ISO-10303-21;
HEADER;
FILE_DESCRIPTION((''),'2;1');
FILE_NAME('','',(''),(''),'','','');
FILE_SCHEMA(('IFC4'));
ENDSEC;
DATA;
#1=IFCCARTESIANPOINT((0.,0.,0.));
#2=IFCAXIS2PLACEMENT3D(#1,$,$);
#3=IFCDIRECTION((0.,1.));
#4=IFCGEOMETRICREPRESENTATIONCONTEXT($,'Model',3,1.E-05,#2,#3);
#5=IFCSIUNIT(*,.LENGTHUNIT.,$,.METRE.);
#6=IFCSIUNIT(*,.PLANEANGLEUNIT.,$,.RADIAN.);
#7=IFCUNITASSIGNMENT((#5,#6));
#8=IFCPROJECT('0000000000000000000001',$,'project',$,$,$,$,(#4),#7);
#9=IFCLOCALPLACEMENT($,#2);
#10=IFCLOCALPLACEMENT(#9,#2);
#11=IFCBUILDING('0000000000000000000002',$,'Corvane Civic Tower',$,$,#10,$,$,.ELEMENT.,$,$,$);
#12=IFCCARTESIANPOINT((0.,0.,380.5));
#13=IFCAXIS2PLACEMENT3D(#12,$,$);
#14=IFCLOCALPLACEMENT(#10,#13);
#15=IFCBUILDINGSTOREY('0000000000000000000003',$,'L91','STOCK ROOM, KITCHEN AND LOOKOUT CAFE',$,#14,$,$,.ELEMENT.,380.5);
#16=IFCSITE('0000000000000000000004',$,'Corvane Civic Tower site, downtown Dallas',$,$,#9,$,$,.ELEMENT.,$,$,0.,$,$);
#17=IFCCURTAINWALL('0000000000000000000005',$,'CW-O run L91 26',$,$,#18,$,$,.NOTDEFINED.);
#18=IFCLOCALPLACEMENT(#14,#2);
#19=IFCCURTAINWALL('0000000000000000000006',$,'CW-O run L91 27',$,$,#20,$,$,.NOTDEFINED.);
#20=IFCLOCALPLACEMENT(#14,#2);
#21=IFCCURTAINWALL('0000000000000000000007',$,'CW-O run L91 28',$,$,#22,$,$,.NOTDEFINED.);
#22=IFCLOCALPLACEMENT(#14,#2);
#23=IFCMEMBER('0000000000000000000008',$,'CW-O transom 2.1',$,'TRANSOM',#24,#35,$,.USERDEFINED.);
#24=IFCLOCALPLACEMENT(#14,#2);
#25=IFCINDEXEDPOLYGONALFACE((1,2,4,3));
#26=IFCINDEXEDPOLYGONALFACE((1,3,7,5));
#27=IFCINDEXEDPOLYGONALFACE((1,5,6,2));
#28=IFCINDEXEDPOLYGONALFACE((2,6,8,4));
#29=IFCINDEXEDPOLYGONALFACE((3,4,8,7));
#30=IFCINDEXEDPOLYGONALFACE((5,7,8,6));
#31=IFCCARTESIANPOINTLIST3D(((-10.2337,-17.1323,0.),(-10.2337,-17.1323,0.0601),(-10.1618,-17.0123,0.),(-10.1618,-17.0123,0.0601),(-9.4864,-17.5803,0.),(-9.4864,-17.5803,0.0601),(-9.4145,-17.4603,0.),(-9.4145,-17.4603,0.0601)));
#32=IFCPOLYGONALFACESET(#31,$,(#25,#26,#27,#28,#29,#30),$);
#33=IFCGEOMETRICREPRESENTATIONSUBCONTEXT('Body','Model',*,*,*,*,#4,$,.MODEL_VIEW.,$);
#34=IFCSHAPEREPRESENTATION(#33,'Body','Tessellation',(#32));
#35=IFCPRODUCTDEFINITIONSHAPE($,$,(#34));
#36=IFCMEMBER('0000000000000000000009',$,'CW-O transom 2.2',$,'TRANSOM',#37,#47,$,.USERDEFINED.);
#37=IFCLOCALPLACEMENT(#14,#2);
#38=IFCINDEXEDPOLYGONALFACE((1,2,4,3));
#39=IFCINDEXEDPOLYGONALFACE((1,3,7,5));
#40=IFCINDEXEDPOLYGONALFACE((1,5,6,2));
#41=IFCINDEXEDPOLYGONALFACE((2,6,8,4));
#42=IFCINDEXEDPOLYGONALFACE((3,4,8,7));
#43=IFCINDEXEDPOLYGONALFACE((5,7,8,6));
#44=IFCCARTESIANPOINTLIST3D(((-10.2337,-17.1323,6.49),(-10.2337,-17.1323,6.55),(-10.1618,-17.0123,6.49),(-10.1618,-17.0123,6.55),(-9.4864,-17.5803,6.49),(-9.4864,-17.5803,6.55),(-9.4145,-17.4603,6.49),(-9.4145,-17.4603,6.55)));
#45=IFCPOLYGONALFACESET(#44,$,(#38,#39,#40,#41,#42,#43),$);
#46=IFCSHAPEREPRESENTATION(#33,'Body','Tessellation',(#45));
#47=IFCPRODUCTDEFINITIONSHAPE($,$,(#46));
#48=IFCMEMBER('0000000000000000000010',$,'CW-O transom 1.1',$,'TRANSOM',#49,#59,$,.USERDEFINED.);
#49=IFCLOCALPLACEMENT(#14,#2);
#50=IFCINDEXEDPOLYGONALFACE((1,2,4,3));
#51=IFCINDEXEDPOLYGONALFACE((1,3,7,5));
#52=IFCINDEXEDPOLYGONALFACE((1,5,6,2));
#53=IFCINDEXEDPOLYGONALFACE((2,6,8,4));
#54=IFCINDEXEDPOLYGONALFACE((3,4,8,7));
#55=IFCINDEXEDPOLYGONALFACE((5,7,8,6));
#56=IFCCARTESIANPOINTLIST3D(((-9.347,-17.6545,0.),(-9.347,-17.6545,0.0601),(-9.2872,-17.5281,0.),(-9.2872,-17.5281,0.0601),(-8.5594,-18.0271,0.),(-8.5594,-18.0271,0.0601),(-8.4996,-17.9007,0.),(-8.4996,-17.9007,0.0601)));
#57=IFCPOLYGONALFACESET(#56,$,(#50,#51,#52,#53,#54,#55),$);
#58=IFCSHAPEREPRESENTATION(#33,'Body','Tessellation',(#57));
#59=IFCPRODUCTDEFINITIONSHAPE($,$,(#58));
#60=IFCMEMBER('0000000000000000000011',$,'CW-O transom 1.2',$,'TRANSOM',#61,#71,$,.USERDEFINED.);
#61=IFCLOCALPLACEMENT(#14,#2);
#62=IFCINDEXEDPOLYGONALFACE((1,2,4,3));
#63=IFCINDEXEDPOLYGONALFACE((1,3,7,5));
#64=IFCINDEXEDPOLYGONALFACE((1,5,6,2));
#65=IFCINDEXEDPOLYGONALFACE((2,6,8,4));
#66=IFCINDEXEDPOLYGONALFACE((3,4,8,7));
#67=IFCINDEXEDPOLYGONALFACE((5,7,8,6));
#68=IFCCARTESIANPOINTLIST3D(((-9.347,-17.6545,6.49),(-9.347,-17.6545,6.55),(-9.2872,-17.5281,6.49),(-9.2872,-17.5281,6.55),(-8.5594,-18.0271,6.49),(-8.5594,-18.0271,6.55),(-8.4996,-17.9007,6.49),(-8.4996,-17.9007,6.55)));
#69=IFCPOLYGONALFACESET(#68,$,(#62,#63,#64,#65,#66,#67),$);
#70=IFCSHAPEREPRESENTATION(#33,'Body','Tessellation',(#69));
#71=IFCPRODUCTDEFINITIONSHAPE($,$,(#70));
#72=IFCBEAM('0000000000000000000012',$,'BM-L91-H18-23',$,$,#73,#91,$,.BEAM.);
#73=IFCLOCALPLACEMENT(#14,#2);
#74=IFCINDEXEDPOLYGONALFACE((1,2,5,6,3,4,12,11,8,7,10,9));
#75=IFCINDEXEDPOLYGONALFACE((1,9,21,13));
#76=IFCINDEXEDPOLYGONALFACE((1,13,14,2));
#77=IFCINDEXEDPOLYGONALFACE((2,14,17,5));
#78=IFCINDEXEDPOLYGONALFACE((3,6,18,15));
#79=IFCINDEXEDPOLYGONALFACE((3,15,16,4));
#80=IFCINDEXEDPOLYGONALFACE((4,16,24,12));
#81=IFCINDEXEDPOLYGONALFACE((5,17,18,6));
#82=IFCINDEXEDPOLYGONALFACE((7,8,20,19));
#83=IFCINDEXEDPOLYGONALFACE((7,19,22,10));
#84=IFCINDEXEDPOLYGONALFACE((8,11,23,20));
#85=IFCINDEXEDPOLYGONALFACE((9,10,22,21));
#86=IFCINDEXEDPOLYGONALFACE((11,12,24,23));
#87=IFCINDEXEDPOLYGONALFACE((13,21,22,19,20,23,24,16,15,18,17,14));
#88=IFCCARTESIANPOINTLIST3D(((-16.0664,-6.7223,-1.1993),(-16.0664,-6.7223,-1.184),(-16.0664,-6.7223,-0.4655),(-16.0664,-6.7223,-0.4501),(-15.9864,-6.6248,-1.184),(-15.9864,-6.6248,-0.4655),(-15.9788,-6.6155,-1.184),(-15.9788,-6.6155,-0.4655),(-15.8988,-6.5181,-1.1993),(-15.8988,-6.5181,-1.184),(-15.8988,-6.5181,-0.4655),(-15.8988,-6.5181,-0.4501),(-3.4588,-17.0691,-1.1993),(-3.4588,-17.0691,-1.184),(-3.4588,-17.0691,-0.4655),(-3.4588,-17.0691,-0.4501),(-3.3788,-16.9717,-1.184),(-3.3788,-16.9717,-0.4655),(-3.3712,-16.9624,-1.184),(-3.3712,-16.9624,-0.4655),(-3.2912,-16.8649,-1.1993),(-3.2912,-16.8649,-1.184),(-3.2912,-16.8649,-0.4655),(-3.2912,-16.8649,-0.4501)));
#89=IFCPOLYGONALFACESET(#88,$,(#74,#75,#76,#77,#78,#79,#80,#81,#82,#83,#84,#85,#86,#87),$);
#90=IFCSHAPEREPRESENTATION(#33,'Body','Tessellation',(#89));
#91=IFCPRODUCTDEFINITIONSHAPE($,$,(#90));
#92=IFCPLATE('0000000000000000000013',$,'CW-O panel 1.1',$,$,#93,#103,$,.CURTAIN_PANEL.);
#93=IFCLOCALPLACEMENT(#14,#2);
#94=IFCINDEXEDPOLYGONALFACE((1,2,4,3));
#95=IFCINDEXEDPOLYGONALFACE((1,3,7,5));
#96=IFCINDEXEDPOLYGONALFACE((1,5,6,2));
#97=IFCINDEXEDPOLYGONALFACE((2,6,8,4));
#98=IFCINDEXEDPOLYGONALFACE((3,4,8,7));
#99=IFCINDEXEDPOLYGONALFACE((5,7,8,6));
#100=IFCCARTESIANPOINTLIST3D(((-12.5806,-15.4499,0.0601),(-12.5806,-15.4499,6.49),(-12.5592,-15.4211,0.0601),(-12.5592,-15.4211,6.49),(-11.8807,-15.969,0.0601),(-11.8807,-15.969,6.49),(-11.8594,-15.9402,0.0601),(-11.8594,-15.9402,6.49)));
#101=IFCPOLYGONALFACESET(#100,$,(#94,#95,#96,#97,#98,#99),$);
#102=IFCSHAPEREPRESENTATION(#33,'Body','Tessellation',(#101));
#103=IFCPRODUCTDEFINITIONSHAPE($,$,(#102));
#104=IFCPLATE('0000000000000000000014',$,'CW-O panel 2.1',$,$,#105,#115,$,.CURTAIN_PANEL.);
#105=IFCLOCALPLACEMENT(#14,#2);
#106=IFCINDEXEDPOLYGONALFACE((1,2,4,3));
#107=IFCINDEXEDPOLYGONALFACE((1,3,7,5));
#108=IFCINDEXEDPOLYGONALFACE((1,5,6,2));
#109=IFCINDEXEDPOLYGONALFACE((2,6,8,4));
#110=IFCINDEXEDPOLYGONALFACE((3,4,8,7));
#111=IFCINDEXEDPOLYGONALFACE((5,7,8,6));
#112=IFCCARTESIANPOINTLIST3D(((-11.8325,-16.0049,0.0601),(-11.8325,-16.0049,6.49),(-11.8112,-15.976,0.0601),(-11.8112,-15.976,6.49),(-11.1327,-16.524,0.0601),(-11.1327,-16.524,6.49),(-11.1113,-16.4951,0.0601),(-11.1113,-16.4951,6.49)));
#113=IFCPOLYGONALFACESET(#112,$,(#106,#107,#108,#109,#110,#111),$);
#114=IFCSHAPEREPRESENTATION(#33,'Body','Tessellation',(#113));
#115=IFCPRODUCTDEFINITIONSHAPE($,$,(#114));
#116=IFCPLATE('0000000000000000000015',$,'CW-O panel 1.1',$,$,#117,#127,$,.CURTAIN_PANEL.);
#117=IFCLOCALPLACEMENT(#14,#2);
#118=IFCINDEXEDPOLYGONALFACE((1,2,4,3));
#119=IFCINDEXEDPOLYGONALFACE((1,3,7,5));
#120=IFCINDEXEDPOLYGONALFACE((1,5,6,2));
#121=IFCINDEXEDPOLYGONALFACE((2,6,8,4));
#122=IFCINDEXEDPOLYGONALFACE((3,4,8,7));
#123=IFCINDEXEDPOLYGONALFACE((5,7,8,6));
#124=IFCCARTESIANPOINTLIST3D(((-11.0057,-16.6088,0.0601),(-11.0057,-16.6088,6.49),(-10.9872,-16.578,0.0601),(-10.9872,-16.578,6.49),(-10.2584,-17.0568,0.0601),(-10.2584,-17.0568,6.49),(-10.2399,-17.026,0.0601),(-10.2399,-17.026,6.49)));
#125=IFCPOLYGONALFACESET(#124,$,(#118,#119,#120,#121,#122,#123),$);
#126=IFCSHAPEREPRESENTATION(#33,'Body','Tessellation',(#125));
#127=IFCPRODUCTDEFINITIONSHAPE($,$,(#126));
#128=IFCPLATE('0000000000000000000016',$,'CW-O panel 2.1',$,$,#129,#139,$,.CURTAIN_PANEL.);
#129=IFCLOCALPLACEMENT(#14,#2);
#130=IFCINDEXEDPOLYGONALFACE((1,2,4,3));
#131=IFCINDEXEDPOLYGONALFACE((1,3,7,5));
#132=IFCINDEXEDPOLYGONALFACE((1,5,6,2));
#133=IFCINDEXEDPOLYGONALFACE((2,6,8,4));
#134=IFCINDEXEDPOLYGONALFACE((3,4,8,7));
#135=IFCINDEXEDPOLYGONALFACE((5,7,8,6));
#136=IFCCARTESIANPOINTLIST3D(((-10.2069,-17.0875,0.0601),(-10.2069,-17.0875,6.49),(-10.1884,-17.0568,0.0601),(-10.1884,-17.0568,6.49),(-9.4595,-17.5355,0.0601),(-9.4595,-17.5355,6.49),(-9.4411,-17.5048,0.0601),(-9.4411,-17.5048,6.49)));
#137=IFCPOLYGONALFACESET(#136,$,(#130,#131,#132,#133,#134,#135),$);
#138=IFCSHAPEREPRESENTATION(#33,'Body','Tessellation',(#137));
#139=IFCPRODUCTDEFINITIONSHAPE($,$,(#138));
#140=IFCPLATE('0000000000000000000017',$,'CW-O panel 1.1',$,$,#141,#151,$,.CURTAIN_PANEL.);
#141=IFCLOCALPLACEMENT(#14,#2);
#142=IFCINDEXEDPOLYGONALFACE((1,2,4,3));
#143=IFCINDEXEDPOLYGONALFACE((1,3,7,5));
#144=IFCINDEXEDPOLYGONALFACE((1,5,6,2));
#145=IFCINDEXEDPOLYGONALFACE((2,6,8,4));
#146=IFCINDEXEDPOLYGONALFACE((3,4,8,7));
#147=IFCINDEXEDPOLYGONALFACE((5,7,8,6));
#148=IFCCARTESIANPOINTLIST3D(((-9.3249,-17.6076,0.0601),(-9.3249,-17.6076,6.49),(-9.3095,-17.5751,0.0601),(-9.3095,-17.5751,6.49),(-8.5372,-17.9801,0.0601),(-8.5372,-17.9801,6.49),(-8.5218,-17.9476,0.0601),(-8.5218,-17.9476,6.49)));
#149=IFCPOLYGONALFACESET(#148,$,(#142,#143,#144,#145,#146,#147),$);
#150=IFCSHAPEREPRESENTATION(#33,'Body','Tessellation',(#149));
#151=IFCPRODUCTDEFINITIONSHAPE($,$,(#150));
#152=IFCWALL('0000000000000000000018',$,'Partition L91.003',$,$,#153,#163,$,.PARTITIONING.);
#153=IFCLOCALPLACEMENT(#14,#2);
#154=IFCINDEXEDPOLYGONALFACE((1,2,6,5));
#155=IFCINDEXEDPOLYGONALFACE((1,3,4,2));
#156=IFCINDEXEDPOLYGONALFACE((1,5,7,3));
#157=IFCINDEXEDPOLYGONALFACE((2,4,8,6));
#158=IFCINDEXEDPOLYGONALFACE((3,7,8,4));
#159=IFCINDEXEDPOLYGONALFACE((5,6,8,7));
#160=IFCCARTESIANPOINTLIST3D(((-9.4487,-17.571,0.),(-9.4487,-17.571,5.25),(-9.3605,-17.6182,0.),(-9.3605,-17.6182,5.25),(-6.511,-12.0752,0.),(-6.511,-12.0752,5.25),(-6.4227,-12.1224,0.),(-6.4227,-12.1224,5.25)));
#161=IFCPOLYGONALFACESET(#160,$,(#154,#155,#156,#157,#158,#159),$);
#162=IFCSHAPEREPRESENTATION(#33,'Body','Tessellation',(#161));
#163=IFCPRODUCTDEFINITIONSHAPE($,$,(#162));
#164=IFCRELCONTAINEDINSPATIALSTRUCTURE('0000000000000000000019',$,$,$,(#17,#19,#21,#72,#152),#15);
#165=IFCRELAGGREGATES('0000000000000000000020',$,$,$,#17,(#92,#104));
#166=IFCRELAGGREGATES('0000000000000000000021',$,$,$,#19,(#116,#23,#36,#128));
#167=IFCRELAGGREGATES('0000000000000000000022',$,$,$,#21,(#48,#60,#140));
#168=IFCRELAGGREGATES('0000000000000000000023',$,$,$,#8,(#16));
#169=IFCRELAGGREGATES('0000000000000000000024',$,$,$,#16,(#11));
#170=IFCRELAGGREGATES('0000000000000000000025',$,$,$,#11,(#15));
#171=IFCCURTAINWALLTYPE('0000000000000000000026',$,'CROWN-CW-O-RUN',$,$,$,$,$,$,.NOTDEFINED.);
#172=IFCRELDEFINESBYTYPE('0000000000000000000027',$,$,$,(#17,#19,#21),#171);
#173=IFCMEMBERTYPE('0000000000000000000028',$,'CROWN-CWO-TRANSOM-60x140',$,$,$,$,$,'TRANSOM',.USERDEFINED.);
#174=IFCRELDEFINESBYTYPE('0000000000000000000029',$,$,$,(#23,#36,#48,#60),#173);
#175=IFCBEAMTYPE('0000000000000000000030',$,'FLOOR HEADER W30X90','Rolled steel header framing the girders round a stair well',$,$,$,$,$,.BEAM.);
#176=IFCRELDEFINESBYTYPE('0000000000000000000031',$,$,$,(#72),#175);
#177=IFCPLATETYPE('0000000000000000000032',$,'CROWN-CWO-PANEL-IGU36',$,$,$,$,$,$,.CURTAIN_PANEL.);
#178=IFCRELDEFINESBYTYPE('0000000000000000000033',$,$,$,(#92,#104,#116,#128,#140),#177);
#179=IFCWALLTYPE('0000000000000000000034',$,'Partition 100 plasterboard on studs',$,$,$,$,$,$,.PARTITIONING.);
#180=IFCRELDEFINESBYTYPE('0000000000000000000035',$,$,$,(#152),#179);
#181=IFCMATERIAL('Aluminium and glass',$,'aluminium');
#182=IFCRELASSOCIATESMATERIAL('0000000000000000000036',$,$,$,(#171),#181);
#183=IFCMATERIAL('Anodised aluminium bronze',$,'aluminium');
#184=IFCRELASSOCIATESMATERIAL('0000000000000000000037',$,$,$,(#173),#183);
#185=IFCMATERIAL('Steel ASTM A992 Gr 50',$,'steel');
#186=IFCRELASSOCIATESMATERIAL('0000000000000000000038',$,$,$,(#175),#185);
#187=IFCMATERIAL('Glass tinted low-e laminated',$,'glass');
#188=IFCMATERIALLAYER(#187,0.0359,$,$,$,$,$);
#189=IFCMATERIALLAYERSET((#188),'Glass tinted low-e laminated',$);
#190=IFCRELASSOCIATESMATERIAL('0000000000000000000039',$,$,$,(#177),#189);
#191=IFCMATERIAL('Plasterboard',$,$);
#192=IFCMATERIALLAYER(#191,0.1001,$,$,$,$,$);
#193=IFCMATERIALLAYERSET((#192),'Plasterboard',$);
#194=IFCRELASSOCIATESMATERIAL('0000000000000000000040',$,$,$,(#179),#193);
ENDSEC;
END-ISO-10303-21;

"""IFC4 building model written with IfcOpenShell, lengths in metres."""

from ifc_helpers import new_model, si_unit, direction, frame, frame_2d, origin, origin_2d, place, context, subcontext, project, spatial, rectangle, i_section, extrude, material, layer, layer_set, material_profile, profile_set, type_object, element, aggregate, save


model = new_model("IFC4")

# Units and contexts
model_context = context("Model", 3, precision=1e-05, world=origin(), true_north=direction((0.0, 1.0)))
body_context = subcontext(model_context, "Body", "Model", "MODEL_VIEW")
ifc_project = project(units=[si_unit("LENGTHUNIT", "METRE"), si_unit("PLANEANGLEUNIT", "RADIAN")], contexts=[model_context])

# Site, building, storey
site_placement = place(None, origin())
site = spatial("IfcSite", under=ifc_project, at=site_placement, Name="Corvane Civic Tower site, downtown Dallas", CompositionType="ELEMENT", RefElevation=0.0)
building_placement = place(site_placement, origin())
building = spatial("IfcBuilding", under=site, at=building_placement, Name="Corvane Civic Tower", CompositionType="ELEMENT")
storey_placement = place(building_placement, frame((0.0, 0.0, 380.5)))
storey = spatial("IfcBuildingStorey", under=building, at=storey_placement, Name="L91", Description="STOCK ROOM, KITCHEN AND LOOKOUT CAFE", CompositionType="ELEMENT", Elevation=380.5)

# Curtain walls
ifc_material_1 = material(Name="Aluminium and glass", Category="aluminium")
curtain_wall_type = type_object("IfcCurtainWallType", Name="CROWN-CW-O-RUN", PredefinedType="NOTDEFINED", material=ifc_material_1)
curtain_wall_1_placement = place(storey_placement, origin())
curtain_wall_1 = element("IfcCurtainWall", 1, at=curtain_wall_1_placement, inside=storey, type_object=curtain_wall_type, Name="CW-O run L91 26", PredefinedType="NOTDEFINED")
curtain_wall_2_placement = place(storey_placement, origin())
curtain_wall_2 = element("IfcCurtainWall", 2, at=curtain_wall_2_placement, inside=storey, type_object=curtain_wall_type, Name="CW-O run L91 27", PredefinedType="NOTDEFINED")

# Curtain wall
curtain_wall_3_placement = place(storey_placement, origin())
curtain_wall_3 = element("IfcCurtainWall", 3, at=curtain_wall_3_placement, inside=storey, type_object=curtain_wall_type, Name="CW-O run L91 28", PredefinedType="NOTDEFINED")

# Members
ifc_material_2 = material(Name="Anodised aluminium bronze", Category="aluminium")
ifc_material_profile_1 = material_profile(ifc_material_2, rectangle(XDim=0.1399, YDim=0.0601, at=origin_2d()), Name="AL 140x60")
ifc_profile_set_1 = profile_set([ifc_material_profile_1], Name="Anodised aluminium bronze")
member_type_1 = type_object("IfcMemberType", Name="CROWN-CWO-TRANSOM-60x140", ElementType="TRANSOM", PredefinedType="USERDEFINED", material=ifc_profile_set_1)
member_1_placement = place(storey_placement, frame((-10.1978, -17.0723, 0.03), z_axis=(0.857691, -0.514166, 0.0), x_axis=(0.514166, 0.857691, 0.0)))
member_1 = element("IfcMember", 4, at=member_1_placement, type_object=member_type_1, Name="CW-O transom 2.1", ObjectType="TRANSOM", PredefinedType="USERDEFINED", context=body_context, shape_type="SweptSolid", body=[
    extrude(rectangle(XDim=0.1399, YDim=0.0601, at=origin_2d()), origin(), (0.0, 0.0, 1.0), 0.8713),
])
member_2_placement = place(storey_placement, frame((-10.1978, -17.0723, 6.52), z_axis=(0.857691, -0.514166, 0.0), x_axis=(0.514166, 0.857691, 0.0)))
member_2 = element("IfcMember", 5, at=member_2_placement, type_object=member_type_1, Name="CW-O transom 2.2", ObjectType="TRANSOM", PredefinedType="USERDEFINED", context=body_context, shape_type="SweptSolid", body=[
    extrude(rectangle(XDim=0.1399, YDim=0.0601, at=origin_2d()), origin(), (0.0, 0.0, 1.0), 0.8713),
])
member_3_placement = place(storey_placement, frame((-9.3171, -17.5913, 0.03), z_axis=(0.903966, -0.427604, 0.0), x_axis=(0.427604, 0.903966, 0.0)))
member_3 = element("IfcMember", 6, at=member_3_placement, type_object=member_type_1, Name="CW-O transom 1.1", ObjectType="TRANSOM", PredefinedType="USERDEFINED", context=body_context, shape_type="SweptSolid", body=[
    extrude(rectangle(XDim=0.1399, YDim=0.0601, at=origin_2d()), origin(), (0.0, 0.0, 1.0), 0.8713),
])
member_4_placement = place(storey_placement, frame((-9.3171, -17.5913, 6.52), z_axis=(0.903966, -0.427604, 0.0), x_axis=(0.427604, 0.903966, 0.0)))
member_4 = element("IfcMember", 7, at=member_4_placement, type_object=member_type_1, Name="CW-O transom 1.2", ObjectType="TRANSOM", PredefinedType="USERDEFINED", context=body_context, shape_type="SweptSolid", body=[
    extrude(rectangle(XDim=0.1399, YDim=0.0601, at=origin_2d()), origin(), (0.0, 0.0, 1.0), 0.8713),
])

# Beam
ifc_material_3 = material(Name="Steel ASTM A992 Gr 50", Category="steel")
ifc_material_profile_2 = material_profile(ifc_material_3, i_section(OverallWidth=0.2642, OverallDepth=0.7493, WebThickness=0.012, FlangeThickness=0.0154, at=origin_2d()), Name="W30X90")
ifc_profile_set_2 = profile_set([ifc_material_profile_2], Name="Steel ASTM A992 Gr 50")
beam_type = type_object("IfcBeamType", Name="FLOOR HEADER W30X90", Description="Rolled steel header framing the girders round a stair well", PredefinedType="BEAM", material=ifc_profile_set_2)
beam_placement = place(storey_placement, frame((-3.375, -16.967, -0.8247), z_axis=(-0.773008, 0.634396, 0.0), x_axis=(-0.634396, -0.773008, 0.0)))
element("IfcBeam", 8, at=beam_placement, inside=storey, type_object=beam_type, Name="BM-L91-H18-23", PredefinedType="BEAM", context=body_context, shape_type="SweptSolid", body=[
    extrude(i_section(OverallWidth=0.2642, OverallDepth=0.7493, WebThickness=0.012, FlangeThickness=0.0154, at=origin_2d()), origin(), (0.0, 0.0, 1.0), 16.3098),
])

# Plates
ifc_material_4 = material(Name="Glass tinted low-e laminated", Category="glass")
ifc_layer_1 = layer(ifc_material_4, 0.0359)
ifc_layer_set_1 = layer_set([ifc_layer_1], Name="Glass tinted low-e laminated")
plate_type = type_object("IfcPlateType", Name="CROWN-CWO-PANEL-IGU36", PredefinedType="CURTAIN_PANEL", material=ifc_layer_set_1)
plate_1_placement = place(storey_placement, frame((-12.22, -15.6951, 0.0601), z_axis=(0.0, 0.0, 1.0), x_axis=(0.80319, -0.595722, 0.0)))
plate_1 = element("IfcPlate", 9, at=plate_1_placement, type_object=plate_type, Name="CW-O panel 1.1", PredefinedType="CURTAIN_PANEL", context=body_context, shape_type="SweptSolid", body=[
    extrude(rectangle(XDim=0.8713, YDim=0.0359, at=origin_2d()), origin(), (0.0, 0.0, 1.0), 6.4299),
])
plate_2_placement = place(storey_placement, frame((-11.4719, -16.25, 0.0601), z_axis=(0.0, 0.0, 1.0), x_axis=(0.80319, -0.595722, 0.0)))
plate_2 = element("IfcPlate", 10, at=plate_2_placement, type_object=plate_type, Name="CW-O panel 2.1", PredefinedType="CURTAIN_PANEL", context=body_context, shape_type="SweptSolid", body=[
    extrude(rectangle(XDim=0.8713, YDim=0.0359, at=origin_2d()), origin(), (0.0, 0.0, 1.0), 6.4299),
])
aggregate(curtain_wall_1, [plate_1, plate_2])
plate_3_placement = place(storey_placement, frame((-10.6228, -16.8174, 0.0601), z_axis=(0.0, 0.0, 1.0), x_axis=(0.857699, -0.514152, 0.0)))
plate_3 = element("IfcPlate", 11, at=plate_3_placement, type_object=plate_type, Name="CW-O panel 1.1", PredefinedType="CURTAIN_PANEL", context=body_context, shape_type="SweptSolid", body=[
    extrude(rectangle(XDim=0.8713, YDim=0.0359, at=origin_2d()), origin(), (0.0, 0.0, 1.0), 6.4299),
])
plate_4_placement = place(storey_placement, frame((-9.824, -17.2961, 0.0601), z_axis=(0.0, 0.0, 1.0), x_axis=(0.857699, -0.514152, 0.0)))
plate_4 = element("IfcPlate", 12, at=plate_4_placement, type_object=plate_type, Name="CW-O panel 2.1", PredefinedType="CURTAIN_PANEL", context=body_context, shape_type="SweptSolid", body=[
    extrude(rectangle(XDim=0.8713, YDim=0.0359, at=origin_2d()), origin(), (0.0, 0.0, 1.0), 6.4299),
])
aggregate(curtain_wall_2, [plate_3, member_1, member_2, plate_4])
plate_5_placement = place(storey_placement, frame((-8.9233, -17.7776, 0.0601), z_axis=(0.0, 0.0, 1.0), x_axis=(0.904011, -0.427509, 0.0)))
plate_5 = element("IfcPlate", 13, at=plate_5_placement, type_object=plate_type, Name="CW-O panel 1.1", PredefinedType="CURTAIN_PANEL", context=body_context, shape_type="SweptSolid", body=[
    extrude(rectangle(XDim=0.8713, YDim=0.0359, at=origin_2d()), origin(), (0.0, 0.0, 1.0), 6.4299),
])
aggregate(curtain_wall_3, [member_3, member_4, plate_5])

# Wall
ifc_material_5 = material(Name="Plasterboard")
ifc_layer_2 = layer(ifc_material_5, 0.1001)
ifc_layer_set_2 = layer_set([ifc_layer_2], Name="Plasterboard")
wall_type = type_object("IfcWallType", Name="Partition 100 plasterboard on studs", PredefinedType="PARTITIONING", material=ifc_layer_set_2)
wall_placement = place(storey_placement, frame((-9.4045, -17.5945, 0.0), z_axis=(0.0, 0.0, 1.0), x_axis=(0.471416, 0.881911, 0.0)))
element("IfcWall", 14, at=wall_placement, inside=storey, type_object=wall_type, Name="Partition L91.003", PredefinedType="PARTITIONING", context=body_context, shape_type="SweptSolid", body=[
    extrude(rectangle(XDim=6.2317, YDim=0.1001, at=frame_2d((3.1157, 0.0))), origin(), (0.0, 0.0, 1.0), 5.25),
])

save(model, "model.ifc")
